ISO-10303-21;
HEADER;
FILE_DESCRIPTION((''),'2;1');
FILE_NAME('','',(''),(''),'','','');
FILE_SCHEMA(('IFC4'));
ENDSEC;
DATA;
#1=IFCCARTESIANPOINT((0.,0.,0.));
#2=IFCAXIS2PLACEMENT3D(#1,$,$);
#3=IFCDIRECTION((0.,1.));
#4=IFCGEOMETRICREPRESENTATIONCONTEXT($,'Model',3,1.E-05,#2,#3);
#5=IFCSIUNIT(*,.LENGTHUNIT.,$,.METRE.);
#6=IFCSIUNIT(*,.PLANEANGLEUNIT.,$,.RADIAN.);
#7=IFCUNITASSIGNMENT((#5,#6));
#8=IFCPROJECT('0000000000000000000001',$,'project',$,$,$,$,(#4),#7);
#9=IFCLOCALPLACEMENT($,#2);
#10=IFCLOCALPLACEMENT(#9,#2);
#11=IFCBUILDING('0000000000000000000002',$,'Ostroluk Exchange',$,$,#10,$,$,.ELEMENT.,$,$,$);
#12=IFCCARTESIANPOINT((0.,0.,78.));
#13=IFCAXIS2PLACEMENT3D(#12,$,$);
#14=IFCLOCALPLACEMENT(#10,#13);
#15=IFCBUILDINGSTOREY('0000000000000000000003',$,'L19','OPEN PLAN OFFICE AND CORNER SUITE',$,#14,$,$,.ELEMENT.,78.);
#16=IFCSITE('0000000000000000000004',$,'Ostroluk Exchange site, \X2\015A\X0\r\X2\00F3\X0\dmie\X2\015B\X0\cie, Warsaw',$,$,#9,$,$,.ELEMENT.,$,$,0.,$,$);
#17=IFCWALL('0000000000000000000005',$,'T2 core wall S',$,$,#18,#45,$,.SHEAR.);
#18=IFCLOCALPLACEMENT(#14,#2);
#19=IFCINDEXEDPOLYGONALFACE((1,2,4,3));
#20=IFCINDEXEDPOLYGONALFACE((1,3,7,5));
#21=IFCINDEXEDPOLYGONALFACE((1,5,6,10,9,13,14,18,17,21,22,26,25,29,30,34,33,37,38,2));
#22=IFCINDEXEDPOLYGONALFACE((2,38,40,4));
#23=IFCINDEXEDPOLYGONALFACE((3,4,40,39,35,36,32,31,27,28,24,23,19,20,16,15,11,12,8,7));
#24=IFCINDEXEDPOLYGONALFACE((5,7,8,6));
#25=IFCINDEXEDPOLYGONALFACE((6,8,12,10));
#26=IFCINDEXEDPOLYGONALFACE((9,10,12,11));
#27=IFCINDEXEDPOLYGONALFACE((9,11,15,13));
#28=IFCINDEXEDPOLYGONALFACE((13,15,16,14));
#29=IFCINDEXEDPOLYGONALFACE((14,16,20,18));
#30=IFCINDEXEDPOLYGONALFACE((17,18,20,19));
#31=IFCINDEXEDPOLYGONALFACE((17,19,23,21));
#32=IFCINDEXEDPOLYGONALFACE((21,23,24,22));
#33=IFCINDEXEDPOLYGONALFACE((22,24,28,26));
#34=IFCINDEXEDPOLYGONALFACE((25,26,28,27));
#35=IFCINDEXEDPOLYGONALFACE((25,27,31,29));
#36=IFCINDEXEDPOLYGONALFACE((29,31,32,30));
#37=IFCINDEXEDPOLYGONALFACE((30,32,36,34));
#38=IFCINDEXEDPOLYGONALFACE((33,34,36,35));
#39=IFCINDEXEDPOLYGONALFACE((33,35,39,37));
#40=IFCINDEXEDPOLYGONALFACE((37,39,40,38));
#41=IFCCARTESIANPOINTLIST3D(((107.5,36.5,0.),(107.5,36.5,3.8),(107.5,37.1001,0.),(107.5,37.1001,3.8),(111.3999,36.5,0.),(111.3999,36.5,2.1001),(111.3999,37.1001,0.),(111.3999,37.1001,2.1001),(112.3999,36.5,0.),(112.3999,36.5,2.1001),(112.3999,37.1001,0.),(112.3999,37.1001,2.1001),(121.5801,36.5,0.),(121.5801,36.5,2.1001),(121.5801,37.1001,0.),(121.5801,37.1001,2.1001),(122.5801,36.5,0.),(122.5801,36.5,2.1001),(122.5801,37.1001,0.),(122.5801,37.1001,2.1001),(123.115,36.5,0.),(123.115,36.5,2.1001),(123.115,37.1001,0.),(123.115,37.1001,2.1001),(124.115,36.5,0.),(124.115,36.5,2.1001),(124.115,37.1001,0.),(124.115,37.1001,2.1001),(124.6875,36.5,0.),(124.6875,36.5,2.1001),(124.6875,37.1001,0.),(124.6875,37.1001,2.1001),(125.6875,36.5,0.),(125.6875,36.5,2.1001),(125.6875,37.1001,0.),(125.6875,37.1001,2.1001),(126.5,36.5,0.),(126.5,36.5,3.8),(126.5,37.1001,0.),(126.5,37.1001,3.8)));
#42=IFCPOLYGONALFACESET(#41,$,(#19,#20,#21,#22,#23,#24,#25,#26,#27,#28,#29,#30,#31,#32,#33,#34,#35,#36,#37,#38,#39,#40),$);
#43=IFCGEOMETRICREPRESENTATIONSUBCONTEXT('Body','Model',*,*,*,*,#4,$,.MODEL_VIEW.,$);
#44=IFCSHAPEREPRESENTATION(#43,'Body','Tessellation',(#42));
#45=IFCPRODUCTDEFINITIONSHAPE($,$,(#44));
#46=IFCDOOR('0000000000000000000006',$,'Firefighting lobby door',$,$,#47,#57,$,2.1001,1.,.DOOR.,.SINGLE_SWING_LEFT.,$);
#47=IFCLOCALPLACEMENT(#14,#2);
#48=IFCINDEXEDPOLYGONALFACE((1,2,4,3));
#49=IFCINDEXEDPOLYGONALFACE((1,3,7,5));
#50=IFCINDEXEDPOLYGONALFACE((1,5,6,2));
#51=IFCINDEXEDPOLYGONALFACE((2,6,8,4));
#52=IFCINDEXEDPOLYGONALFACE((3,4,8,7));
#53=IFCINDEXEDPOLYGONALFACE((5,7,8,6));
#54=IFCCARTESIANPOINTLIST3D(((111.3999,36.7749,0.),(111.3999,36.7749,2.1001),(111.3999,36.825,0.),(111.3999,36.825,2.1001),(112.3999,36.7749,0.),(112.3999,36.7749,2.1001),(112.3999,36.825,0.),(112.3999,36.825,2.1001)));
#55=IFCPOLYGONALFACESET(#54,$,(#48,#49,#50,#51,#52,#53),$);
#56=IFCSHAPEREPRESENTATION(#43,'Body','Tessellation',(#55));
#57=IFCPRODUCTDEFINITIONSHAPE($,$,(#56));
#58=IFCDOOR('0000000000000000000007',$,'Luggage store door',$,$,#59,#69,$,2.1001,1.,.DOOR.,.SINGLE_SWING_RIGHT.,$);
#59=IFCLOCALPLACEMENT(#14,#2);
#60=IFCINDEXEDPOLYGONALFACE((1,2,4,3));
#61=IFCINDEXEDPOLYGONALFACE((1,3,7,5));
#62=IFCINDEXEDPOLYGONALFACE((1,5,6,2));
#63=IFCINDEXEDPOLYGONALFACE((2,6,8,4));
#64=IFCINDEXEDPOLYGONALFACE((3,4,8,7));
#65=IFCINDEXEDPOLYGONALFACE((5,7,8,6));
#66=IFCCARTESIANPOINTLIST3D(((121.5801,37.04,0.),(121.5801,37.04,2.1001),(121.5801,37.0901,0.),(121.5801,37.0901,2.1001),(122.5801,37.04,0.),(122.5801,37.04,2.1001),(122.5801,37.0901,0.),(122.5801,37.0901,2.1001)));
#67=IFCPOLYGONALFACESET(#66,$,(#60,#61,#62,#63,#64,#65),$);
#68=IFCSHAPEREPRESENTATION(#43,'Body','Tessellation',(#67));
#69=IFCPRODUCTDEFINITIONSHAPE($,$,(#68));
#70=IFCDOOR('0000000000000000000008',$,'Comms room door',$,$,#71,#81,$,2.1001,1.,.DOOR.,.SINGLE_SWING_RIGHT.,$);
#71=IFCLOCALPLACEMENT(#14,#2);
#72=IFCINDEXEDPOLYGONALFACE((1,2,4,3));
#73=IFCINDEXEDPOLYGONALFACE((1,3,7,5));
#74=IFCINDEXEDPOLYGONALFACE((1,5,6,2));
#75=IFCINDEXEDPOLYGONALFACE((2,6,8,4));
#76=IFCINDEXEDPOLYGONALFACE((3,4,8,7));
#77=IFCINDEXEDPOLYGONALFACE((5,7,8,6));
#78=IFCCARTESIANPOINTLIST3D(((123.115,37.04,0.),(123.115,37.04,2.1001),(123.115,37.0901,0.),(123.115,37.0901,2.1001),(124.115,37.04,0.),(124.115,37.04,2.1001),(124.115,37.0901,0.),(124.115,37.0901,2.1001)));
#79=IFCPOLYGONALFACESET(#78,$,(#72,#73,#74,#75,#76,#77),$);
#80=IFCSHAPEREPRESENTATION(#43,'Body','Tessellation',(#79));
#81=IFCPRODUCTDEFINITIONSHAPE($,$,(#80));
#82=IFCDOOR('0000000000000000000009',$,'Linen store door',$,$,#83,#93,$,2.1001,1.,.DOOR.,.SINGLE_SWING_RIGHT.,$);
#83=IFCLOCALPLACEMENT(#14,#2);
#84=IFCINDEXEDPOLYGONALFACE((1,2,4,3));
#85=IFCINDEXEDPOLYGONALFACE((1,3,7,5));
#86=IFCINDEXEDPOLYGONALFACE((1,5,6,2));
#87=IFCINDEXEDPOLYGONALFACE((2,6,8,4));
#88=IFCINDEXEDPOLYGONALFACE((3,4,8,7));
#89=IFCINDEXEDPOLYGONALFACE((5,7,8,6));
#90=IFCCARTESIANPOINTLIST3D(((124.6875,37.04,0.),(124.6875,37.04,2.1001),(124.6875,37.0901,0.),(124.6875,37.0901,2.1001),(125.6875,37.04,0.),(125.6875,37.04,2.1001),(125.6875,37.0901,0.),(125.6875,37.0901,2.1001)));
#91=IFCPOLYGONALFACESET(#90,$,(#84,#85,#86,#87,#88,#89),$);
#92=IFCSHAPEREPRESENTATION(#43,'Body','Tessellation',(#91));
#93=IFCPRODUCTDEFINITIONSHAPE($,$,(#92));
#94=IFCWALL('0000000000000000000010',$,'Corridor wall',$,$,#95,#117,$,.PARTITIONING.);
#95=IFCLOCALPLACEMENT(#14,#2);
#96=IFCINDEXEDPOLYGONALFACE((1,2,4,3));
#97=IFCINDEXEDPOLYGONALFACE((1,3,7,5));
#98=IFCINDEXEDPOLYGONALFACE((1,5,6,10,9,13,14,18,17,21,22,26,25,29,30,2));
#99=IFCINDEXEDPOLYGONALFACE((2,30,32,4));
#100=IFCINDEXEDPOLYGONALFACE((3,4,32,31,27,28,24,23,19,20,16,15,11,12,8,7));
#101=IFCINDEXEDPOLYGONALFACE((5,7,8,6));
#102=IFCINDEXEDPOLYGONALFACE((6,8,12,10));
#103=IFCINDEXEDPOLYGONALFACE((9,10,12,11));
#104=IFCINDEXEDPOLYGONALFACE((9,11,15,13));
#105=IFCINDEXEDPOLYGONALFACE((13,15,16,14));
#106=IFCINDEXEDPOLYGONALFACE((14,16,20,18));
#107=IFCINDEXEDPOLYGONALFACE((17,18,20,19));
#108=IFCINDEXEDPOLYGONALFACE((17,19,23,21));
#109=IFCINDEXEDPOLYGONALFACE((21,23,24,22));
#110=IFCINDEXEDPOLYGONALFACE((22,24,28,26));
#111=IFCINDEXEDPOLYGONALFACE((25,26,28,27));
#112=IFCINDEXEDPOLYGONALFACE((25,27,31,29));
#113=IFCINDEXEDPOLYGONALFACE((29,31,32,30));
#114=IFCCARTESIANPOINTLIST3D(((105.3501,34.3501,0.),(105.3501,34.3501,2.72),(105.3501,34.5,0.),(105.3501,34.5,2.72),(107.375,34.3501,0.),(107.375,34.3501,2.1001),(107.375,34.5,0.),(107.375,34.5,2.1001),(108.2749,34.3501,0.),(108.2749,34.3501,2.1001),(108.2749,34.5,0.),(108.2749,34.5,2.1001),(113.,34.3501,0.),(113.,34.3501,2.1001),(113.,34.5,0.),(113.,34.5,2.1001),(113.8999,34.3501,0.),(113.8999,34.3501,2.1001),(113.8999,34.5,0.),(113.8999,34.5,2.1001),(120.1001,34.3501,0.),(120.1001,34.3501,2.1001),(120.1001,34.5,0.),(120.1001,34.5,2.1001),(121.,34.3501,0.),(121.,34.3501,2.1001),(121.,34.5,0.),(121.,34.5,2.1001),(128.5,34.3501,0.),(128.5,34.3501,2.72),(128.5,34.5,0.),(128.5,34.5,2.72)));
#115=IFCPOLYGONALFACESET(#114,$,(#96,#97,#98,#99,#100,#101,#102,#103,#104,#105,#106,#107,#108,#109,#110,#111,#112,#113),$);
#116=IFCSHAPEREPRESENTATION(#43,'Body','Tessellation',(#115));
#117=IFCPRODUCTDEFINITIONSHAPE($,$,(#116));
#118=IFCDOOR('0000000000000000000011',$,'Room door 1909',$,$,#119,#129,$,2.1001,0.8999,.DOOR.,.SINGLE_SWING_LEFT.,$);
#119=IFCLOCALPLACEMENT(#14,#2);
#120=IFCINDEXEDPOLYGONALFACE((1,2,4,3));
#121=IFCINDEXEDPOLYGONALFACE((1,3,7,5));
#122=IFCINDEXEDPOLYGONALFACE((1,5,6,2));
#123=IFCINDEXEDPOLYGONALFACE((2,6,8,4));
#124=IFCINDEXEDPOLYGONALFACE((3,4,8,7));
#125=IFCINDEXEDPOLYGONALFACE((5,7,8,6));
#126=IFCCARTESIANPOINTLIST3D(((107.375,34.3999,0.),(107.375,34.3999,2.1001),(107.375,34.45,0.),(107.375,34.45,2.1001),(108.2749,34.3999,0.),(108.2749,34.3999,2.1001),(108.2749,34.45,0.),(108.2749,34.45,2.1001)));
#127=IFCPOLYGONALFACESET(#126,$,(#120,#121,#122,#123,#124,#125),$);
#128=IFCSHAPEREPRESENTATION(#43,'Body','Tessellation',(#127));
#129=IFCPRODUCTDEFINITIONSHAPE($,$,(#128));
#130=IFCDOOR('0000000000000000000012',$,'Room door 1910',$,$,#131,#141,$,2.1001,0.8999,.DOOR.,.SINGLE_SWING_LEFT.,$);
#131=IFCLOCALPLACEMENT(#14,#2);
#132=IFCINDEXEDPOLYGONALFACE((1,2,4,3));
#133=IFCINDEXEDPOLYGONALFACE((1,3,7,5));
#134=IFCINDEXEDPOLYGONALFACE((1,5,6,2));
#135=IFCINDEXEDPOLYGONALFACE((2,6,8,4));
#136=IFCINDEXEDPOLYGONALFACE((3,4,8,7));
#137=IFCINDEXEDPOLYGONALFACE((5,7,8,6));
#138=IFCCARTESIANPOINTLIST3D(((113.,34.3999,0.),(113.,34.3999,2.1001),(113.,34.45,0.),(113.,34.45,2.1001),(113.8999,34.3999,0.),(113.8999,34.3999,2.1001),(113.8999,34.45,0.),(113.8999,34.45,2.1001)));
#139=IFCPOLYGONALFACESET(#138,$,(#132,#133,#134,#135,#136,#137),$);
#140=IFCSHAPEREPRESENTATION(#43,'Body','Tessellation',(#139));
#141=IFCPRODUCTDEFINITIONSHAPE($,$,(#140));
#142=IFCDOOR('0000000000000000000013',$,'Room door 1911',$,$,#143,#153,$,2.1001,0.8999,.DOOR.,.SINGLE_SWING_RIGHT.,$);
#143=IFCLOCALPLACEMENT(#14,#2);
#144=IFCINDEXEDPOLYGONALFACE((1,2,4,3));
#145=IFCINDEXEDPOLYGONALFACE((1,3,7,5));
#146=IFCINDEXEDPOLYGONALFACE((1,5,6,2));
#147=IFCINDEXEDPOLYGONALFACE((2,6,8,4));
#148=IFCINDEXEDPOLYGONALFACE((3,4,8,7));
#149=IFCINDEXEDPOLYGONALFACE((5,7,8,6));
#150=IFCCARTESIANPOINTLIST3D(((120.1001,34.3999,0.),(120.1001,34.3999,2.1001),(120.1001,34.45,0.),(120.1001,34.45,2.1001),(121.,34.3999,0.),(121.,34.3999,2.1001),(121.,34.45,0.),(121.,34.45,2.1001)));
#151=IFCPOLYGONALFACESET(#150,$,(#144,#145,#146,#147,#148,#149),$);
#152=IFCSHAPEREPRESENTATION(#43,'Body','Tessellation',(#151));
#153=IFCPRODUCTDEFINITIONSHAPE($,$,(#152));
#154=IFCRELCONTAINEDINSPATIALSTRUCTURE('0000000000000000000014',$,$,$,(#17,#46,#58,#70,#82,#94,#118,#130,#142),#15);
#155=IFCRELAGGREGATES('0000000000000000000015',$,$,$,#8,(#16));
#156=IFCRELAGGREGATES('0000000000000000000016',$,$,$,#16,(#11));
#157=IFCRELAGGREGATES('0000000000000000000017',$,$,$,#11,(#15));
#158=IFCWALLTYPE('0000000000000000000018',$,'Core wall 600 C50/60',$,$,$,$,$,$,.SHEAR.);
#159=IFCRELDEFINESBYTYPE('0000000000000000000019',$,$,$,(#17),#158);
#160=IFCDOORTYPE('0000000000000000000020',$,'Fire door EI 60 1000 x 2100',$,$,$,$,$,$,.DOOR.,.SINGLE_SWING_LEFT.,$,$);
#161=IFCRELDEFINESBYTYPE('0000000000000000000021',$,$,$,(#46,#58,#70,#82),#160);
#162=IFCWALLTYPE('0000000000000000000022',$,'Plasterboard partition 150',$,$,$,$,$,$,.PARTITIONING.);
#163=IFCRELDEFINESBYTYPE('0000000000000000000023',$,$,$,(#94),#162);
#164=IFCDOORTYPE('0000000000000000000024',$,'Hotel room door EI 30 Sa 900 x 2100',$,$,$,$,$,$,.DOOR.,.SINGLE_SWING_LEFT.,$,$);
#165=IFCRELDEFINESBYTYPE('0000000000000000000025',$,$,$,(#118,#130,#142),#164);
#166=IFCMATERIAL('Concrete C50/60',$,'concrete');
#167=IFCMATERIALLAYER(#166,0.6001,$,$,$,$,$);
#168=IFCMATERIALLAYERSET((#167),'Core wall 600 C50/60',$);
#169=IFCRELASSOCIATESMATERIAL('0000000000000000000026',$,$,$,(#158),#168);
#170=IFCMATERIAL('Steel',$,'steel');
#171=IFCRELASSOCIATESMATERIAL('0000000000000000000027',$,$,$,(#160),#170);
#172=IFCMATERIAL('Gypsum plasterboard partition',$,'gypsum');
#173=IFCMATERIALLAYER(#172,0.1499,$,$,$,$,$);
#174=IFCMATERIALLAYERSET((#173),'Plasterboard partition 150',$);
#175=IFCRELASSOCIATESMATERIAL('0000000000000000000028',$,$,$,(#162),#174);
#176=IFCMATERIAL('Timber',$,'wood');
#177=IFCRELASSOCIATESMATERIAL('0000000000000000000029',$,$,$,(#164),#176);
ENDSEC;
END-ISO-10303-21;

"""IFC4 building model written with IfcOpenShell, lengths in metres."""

from ifc_helpers import new_model, si_unit, direction, frame, frame_2d, origin, place, context, subcontext, project, spatial, rectangle, extrude, material, layer, layer_set, type_object, element, fill, save


model = new_model("IFC4")

# Units and contexts
model_context = context("Model", 3, precision=1e-05, world=origin(), true_north=direction((0.0, 1.0)))
body_context = subcontext(model_context, "Body", "Model", "MODEL_VIEW")
ifc_project = project(units=[si_unit("LENGTHUNIT", "METRE"), si_unit("PLANEANGLEUNIT", "RADIAN")], contexts=[model_context])

# Site, building, storey
site_placement = place(None, origin())
site = spatial("IfcSite", under=ifc_project, at=site_placement, Name="Ostroluk Exchange site, Śródmieście, Warsaw", CompositionType="ELEMENT", RefElevation=0.0)
building_placement = place(site_placement, origin())
building = spatial("IfcBuilding", under=site, at=building_placement, Name="Ostroluk Exchange", CompositionType="ELEMENT")
storey_placement = place(building_placement, frame((0.0, 0.0, 78.0)))
storey = spatial("IfcBuildingStorey", under=building, at=storey_placement, Name="L19", Description="OPEN PLAN OFFICE AND CORNER SUITE", CompositionType="ELEMENT", Elevation=78.0)

# Wall, openings, doors
ifc_material_1 = material(Name="Concrete C50/60", Category="concrete")
ifc_layer_1 = layer(ifc_material_1, 0.6001)
ifc_layer_set_1 = layer_set([ifc_layer_1], Name="Core wall 600 C50/60")
wall_type_1 = type_object("IfcWallType", Name="Core wall 600 C50/60", PredefinedType="SHEAR", material=ifc_layer_set_1)
wall_1_placement = place(storey_placement, frame((107.5, 36.8, 0.0), z_axis=(0.0, 0.0, 1.0), x_axis=(1.0, 0.0, 0.0)))
wall_1 = element("IfcWall", 1, at=wall_1_placement, inside=storey, type_object=wall_type_1, Name="T2 core wall S", PredefinedType="SHEAR", context=body_context, shape_type="SweptSolid", body=[
    extrude(rectangle(XDim=19.0, YDim=0.6001, at=frame_2d((9.5, 0.0))), origin(), (0.0, 0.0, 1.0), 3.8),
])
opening_1_placement = place(wall_1_placement, frame((3.8999, 0.0, 0.0)))
opening_1 = element("IfcOpeningElement", 2, at=opening_1_placement, cuts=wall_1, PredefinedType="OPENING", context=body_context, shape_type="SweptSolid", body=[
    extrude(rectangle(XDim=1.0, YDim=2.1001, at=frame_2d((0.5, 1.05))), frame((0.0, 0.3101, 0.0), z_axis=(0.0, -1.0, 0.0), x_axis=(1.0, 0.0, 0.0)), (0.0, 0.0, 1.0), 0.6201),
])
opening_2_placement = place(wall_1_placement, frame((14.0801, 0.0, 0.0)))
opening_2 = element("IfcOpeningElement", 3, at=opening_2_placement, cuts=wall_1, PredefinedType="OPENING", context=body_context, shape_type="SweptSolid", body=[
    extrude(rectangle(XDim=1.0, YDim=2.1001, at=frame_2d((0.5, 1.05))), frame((0.0, 0.3101, 0.0), z_axis=(0.0, -1.0, 0.0), x_axis=(1.0, 0.0, 0.0)), (0.0, 0.0, 1.0), 0.6201),
])
opening_3_placement = place(wall_1_placement, frame((15.615, 0.0, 0.0)))
opening_3 = element("IfcOpeningElement", 4, at=opening_3_placement, cuts=wall_1, PredefinedType="OPENING", context=body_context, shape_type="SweptSolid", body=[
    extrude(rectangle(XDim=1.0, YDim=2.1001, at=frame_2d((0.5, 1.05))), frame((0.0, 0.3101, 0.0), z_axis=(0.0, -1.0, 0.0), x_axis=(1.0, 0.0, 0.0)), (0.0, 0.0, 1.0), 0.6201),
])
opening_4_placement = place(wall_1_placement, frame((17.1875, 0.0, 0.0)))
opening_4 = element("IfcOpeningElement", 5, at=opening_4_placement, cuts=wall_1, PredefinedType="OPENING", context=body_context, shape_type="SweptSolid", body=[
    extrude(rectangle(XDim=1.0, YDim=2.1001, at=frame_2d((0.5, 1.05))), frame((0.0, 0.3101, 0.0), z_axis=(0.0, -1.0, 0.0), x_axis=(1.0, 0.0, 0.0)), (0.0, 0.0, 1.0), 0.6201),
])
ifc_material_2 = material(Name="Steel", Category="steel")
door_type_1 = type_object("IfcDoorType", Name="Fire door EI 60 1000 x 2100", OperationType="SINGLE_SWING_LEFT", PredefinedType="DOOR", material=ifc_material_2)
door_1_placement = place(opening_1_placement, origin())
door_1 = element("IfcDoor", 6, at=door_1_placement, inside=storey, type_object=door_type_1, Name="Firefighting lobby door", OperationType="SINGLE_SWING_LEFT", OverallHeight=2.1001, OverallWidth=1.0, PredefinedType="DOOR", context=body_context, shape_type="SweptSolid", body=[
    extrude(rectangle(XDim=1.0, YDim=2.1001, at=frame_2d((0.5, 1.05))), frame((0.0, 0.0249, 0.0), z_axis=(0.0, -1.0, 0.0), x_axis=(1.0, 0.0, 0.0)), (0.0, 0.0, 1.0), 0.05),
])
fill(opening_1, door_1)
door_2_placement = place(opening_2_placement, origin())
door_2 = element("IfcDoor", 7, at=door_2_placement, inside=storey, type_object=door_type_1, Name="Luggage store door", OperationType="SINGLE_SWING_RIGHT", OverallHeight=2.1001, OverallWidth=1.0, PredefinedType="DOOR", context=body_context, shape_type="SweptSolid", body=[
    extrude(rectangle(XDim=1.0, YDim=2.1001, at=frame_2d((0.5, 1.05))), frame((0.0, 0.29, 0.0), z_axis=(0.0, -1.0, 0.0), x_axis=(1.0, 0.0, 0.0)), (0.0, 0.0, 1.0), 0.05),
])
fill(opening_2, door_2)
door_3_placement = place(opening_3_placement, origin())
door_3 = element("IfcDoor", 8, at=door_3_placement, inside=storey, type_object=door_type_1, Name="Comms room door", OperationType="SINGLE_SWING_RIGHT", OverallHeight=2.1001, OverallWidth=1.0, PredefinedType="DOOR", context=body_context, shape_type="SweptSolid", body=[
    extrude(rectangle(XDim=1.0, YDim=2.1001, at=frame_2d((0.5, 1.05))), frame((0.0, 0.29, 0.0), z_axis=(0.0, -1.0, 0.0), x_axis=(1.0, 0.0, 0.0)), (0.0, 0.0, 1.0), 0.05),
])
fill(opening_3, door_3)
door_4_placement = place(opening_4_placement, origin())
door_4 = element("IfcDoor", 9, at=door_4_placement, inside=storey, type_object=door_type_1, Name="Linen store door", OperationType="SINGLE_SWING_RIGHT", OverallHeight=2.1001, OverallWidth=1.0, PredefinedType="DOOR", context=body_context, shape_type="SweptSolid", body=[
    extrude(rectangle(XDim=1.0, YDim=2.1001, at=frame_2d((0.5, 1.05))), frame((0.0, 0.29, 0.0), z_axis=(0.0, -1.0, 0.0), x_axis=(1.0, 0.0, 0.0)), (0.0, 0.0, 1.0), 0.05),
])
fill(opening_4, door_4)

# Wall, openings, doors
ifc_material_3 = material(Name="Gypsum plasterboard partition", Category="gypsum")
ifc_layer_2 = layer(ifc_material_3, 0.1499)
ifc_layer_set_2 = layer_set([ifc_layer_2], Name="Plasterboard partition 150")
wall_type_2 = type_object("IfcWallType", Name="Plasterboard partition 150", PredefinedType="PARTITIONING", material=ifc_layer_set_2)
wall_2_placement = place(storey_placement, frame((105.3501, 34.425, 0.0), z_axis=(0.0, 0.0, 1.0), x_axis=(1.0, 0.0, 0.0)))
wall_2 = element("IfcWall", 10, at=wall_2_placement, inside=storey, type_object=wall_type_2, Name="Corridor wall", PredefinedType="PARTITIONING", context=body_context, shape_type="SweptSolid", body=[
    extrude(rectangle(XDim=23.1499, YDim=0.1499, at=frame_2d((11.575, 0.0))), origin(), (0.0, 0.0, 1.0), 2.72),
])
opening_5_placement = place(wall_2_placement, frame((2.0249, 0.0, 0.0)))
opening_5 = element("IfcOpeningElement", 11, at=opening_5_placement, cuts=wall_2, PredefinedType="OPENING", context=body_context, shape_type="SweptSolid", body=[
    extrude(rectangle(XDim=0.8999, YDim=2.1001, at=frame_2d((0.45, 1.05))), frame((0.0, 0.085, 0.0), z_axis=(0.0, -1.0, 0.0), x_axis=(1.0, 0.0, 0.0)), (0.0, 0.0, 1.0), 0.1699),
])
opening_6_placement = place(wall_2_placement, frame((7.6499, 0.0, 0.0)))
opening_6 = element("IfcOpeningElement", 12, at=opening_6_placement, cuts=wall_2, PredefinedType="OPENING", context=body_context, shape_type="SweptSolid", body=[
    extrude(rectangle(XDim=0.8999, YDim=2.1001, at=frame_2d((0.45, 1.05))), frame((0.0, 0.085, 0.0), z_axis=(0.0, -1.0, 0.0), x_axis=(1.0, 0.0, 0.0)), (0.0, 0.0, 1.0), 0.1699),
])
opening_7_placement = place(wall_2_placement, frame((14.75, 0.0, 0.0)))
opening_7 = element("IfcOpeningElement", 13, at=opening_7_placement, cuts=wall_2, PredefinedType="OPENING", context=body_context, shape_type="SweptSolid", body=[
    extrude(rectangle(XDim=0.8999, YDim=2.1001, at=frame_2d((0.45, 1.05))), frame((0.0, 0.085, 0.0), z_axis=(0.0, -1.0, 0.0), x_axis=(1.0, 0.0, 0.0)), (0.0, 0.0, 1.0), 0.1699),
])
ifc_material_4 = material(Name="Timber", Category="wood")
door_type_2 = type_object("IfcDoorType", Name="Hotel room door EI 30 Sa 900 x 2100", OperationType="SINGLE_SWING_LEFT", PredefinedType="DOOR", material=ifc_material_4)
door_5_placement = place(opening_5_placement, origin())
door_5 = element("IfcDoor", 14, at=door_5_placement, inside=storey, type_object=door_type_2, Name="Room door 1909", OperationType="SINGLE_SWING_LEFT", OverallHeight=2.1001, OverallWidth=0.8999, PredefinedType="DOOR", context=body_context, shape_type="SweptSolid", body=[
    extrude(rectangle(XDim=0.8999, YDim=2.1001, at=frame_2d((0.45, 1.05))), frame((0.0, 0.0249, 0.0), z_axis=(0.0, -1.0, 0.0), x_axis=(1.0, 0.0, 0.0)), (0.0, 0.0, 1.0), 0.05),
])
fill(opening_5, door_5)
door_6_placement = place(opening_6_placement, origin())
door_6 = element("IfcDoor", 15, at=door_6_placement, inside=storey, type_object=door_type_2, Name="Room door 1910", OperationType="SINGLE_SWING_LEFT", OverallHeight=2.1001, OverallWidth=0.8999, PredefinedType="DOOR", context=body_context, shape_type="SweptSolid", body=[
    extrude(rectangle(XDim=0.8999, YDim=2.1001, at=frame_2d((0.45, 1.05))), frame((0.0, 0.0249, 0.0), z_axis=(0.0, -1.0, 0.0), x_axis=(1.0, 0.0, 0.0)), (0.0, 0.0, 1.0), 0.05),
])
fill(opening_6, door_6)
door_7_placement = place(opening_7_placement, origin())
door_7 = element("IfcDoor", 16, at=door_7_placement, inside=storey, type_object=door_type_2, Name="Room door 1911", OperationType="SINGLE_SWING_RIGHT", OverallHeight=2.1001, OverallWidth=0.8999, PredefinedType="DOOR", context=body_context, shape_type="SweptSolid", body=[
    extrude(rectangle(XDim=0.8999, YDim=2.1001, at=frame_2d((0.45, 1.05))), frame((0.0, 0.0249, 0.0), z_axis=(0.0, -1.0, 0.0), x_axis=(1.0, 0.0, 0.0)), (0.0, 0.0, 1.0), 0.05),
])
fill(opening_7, door_7)

save(model, "model.ifc")
